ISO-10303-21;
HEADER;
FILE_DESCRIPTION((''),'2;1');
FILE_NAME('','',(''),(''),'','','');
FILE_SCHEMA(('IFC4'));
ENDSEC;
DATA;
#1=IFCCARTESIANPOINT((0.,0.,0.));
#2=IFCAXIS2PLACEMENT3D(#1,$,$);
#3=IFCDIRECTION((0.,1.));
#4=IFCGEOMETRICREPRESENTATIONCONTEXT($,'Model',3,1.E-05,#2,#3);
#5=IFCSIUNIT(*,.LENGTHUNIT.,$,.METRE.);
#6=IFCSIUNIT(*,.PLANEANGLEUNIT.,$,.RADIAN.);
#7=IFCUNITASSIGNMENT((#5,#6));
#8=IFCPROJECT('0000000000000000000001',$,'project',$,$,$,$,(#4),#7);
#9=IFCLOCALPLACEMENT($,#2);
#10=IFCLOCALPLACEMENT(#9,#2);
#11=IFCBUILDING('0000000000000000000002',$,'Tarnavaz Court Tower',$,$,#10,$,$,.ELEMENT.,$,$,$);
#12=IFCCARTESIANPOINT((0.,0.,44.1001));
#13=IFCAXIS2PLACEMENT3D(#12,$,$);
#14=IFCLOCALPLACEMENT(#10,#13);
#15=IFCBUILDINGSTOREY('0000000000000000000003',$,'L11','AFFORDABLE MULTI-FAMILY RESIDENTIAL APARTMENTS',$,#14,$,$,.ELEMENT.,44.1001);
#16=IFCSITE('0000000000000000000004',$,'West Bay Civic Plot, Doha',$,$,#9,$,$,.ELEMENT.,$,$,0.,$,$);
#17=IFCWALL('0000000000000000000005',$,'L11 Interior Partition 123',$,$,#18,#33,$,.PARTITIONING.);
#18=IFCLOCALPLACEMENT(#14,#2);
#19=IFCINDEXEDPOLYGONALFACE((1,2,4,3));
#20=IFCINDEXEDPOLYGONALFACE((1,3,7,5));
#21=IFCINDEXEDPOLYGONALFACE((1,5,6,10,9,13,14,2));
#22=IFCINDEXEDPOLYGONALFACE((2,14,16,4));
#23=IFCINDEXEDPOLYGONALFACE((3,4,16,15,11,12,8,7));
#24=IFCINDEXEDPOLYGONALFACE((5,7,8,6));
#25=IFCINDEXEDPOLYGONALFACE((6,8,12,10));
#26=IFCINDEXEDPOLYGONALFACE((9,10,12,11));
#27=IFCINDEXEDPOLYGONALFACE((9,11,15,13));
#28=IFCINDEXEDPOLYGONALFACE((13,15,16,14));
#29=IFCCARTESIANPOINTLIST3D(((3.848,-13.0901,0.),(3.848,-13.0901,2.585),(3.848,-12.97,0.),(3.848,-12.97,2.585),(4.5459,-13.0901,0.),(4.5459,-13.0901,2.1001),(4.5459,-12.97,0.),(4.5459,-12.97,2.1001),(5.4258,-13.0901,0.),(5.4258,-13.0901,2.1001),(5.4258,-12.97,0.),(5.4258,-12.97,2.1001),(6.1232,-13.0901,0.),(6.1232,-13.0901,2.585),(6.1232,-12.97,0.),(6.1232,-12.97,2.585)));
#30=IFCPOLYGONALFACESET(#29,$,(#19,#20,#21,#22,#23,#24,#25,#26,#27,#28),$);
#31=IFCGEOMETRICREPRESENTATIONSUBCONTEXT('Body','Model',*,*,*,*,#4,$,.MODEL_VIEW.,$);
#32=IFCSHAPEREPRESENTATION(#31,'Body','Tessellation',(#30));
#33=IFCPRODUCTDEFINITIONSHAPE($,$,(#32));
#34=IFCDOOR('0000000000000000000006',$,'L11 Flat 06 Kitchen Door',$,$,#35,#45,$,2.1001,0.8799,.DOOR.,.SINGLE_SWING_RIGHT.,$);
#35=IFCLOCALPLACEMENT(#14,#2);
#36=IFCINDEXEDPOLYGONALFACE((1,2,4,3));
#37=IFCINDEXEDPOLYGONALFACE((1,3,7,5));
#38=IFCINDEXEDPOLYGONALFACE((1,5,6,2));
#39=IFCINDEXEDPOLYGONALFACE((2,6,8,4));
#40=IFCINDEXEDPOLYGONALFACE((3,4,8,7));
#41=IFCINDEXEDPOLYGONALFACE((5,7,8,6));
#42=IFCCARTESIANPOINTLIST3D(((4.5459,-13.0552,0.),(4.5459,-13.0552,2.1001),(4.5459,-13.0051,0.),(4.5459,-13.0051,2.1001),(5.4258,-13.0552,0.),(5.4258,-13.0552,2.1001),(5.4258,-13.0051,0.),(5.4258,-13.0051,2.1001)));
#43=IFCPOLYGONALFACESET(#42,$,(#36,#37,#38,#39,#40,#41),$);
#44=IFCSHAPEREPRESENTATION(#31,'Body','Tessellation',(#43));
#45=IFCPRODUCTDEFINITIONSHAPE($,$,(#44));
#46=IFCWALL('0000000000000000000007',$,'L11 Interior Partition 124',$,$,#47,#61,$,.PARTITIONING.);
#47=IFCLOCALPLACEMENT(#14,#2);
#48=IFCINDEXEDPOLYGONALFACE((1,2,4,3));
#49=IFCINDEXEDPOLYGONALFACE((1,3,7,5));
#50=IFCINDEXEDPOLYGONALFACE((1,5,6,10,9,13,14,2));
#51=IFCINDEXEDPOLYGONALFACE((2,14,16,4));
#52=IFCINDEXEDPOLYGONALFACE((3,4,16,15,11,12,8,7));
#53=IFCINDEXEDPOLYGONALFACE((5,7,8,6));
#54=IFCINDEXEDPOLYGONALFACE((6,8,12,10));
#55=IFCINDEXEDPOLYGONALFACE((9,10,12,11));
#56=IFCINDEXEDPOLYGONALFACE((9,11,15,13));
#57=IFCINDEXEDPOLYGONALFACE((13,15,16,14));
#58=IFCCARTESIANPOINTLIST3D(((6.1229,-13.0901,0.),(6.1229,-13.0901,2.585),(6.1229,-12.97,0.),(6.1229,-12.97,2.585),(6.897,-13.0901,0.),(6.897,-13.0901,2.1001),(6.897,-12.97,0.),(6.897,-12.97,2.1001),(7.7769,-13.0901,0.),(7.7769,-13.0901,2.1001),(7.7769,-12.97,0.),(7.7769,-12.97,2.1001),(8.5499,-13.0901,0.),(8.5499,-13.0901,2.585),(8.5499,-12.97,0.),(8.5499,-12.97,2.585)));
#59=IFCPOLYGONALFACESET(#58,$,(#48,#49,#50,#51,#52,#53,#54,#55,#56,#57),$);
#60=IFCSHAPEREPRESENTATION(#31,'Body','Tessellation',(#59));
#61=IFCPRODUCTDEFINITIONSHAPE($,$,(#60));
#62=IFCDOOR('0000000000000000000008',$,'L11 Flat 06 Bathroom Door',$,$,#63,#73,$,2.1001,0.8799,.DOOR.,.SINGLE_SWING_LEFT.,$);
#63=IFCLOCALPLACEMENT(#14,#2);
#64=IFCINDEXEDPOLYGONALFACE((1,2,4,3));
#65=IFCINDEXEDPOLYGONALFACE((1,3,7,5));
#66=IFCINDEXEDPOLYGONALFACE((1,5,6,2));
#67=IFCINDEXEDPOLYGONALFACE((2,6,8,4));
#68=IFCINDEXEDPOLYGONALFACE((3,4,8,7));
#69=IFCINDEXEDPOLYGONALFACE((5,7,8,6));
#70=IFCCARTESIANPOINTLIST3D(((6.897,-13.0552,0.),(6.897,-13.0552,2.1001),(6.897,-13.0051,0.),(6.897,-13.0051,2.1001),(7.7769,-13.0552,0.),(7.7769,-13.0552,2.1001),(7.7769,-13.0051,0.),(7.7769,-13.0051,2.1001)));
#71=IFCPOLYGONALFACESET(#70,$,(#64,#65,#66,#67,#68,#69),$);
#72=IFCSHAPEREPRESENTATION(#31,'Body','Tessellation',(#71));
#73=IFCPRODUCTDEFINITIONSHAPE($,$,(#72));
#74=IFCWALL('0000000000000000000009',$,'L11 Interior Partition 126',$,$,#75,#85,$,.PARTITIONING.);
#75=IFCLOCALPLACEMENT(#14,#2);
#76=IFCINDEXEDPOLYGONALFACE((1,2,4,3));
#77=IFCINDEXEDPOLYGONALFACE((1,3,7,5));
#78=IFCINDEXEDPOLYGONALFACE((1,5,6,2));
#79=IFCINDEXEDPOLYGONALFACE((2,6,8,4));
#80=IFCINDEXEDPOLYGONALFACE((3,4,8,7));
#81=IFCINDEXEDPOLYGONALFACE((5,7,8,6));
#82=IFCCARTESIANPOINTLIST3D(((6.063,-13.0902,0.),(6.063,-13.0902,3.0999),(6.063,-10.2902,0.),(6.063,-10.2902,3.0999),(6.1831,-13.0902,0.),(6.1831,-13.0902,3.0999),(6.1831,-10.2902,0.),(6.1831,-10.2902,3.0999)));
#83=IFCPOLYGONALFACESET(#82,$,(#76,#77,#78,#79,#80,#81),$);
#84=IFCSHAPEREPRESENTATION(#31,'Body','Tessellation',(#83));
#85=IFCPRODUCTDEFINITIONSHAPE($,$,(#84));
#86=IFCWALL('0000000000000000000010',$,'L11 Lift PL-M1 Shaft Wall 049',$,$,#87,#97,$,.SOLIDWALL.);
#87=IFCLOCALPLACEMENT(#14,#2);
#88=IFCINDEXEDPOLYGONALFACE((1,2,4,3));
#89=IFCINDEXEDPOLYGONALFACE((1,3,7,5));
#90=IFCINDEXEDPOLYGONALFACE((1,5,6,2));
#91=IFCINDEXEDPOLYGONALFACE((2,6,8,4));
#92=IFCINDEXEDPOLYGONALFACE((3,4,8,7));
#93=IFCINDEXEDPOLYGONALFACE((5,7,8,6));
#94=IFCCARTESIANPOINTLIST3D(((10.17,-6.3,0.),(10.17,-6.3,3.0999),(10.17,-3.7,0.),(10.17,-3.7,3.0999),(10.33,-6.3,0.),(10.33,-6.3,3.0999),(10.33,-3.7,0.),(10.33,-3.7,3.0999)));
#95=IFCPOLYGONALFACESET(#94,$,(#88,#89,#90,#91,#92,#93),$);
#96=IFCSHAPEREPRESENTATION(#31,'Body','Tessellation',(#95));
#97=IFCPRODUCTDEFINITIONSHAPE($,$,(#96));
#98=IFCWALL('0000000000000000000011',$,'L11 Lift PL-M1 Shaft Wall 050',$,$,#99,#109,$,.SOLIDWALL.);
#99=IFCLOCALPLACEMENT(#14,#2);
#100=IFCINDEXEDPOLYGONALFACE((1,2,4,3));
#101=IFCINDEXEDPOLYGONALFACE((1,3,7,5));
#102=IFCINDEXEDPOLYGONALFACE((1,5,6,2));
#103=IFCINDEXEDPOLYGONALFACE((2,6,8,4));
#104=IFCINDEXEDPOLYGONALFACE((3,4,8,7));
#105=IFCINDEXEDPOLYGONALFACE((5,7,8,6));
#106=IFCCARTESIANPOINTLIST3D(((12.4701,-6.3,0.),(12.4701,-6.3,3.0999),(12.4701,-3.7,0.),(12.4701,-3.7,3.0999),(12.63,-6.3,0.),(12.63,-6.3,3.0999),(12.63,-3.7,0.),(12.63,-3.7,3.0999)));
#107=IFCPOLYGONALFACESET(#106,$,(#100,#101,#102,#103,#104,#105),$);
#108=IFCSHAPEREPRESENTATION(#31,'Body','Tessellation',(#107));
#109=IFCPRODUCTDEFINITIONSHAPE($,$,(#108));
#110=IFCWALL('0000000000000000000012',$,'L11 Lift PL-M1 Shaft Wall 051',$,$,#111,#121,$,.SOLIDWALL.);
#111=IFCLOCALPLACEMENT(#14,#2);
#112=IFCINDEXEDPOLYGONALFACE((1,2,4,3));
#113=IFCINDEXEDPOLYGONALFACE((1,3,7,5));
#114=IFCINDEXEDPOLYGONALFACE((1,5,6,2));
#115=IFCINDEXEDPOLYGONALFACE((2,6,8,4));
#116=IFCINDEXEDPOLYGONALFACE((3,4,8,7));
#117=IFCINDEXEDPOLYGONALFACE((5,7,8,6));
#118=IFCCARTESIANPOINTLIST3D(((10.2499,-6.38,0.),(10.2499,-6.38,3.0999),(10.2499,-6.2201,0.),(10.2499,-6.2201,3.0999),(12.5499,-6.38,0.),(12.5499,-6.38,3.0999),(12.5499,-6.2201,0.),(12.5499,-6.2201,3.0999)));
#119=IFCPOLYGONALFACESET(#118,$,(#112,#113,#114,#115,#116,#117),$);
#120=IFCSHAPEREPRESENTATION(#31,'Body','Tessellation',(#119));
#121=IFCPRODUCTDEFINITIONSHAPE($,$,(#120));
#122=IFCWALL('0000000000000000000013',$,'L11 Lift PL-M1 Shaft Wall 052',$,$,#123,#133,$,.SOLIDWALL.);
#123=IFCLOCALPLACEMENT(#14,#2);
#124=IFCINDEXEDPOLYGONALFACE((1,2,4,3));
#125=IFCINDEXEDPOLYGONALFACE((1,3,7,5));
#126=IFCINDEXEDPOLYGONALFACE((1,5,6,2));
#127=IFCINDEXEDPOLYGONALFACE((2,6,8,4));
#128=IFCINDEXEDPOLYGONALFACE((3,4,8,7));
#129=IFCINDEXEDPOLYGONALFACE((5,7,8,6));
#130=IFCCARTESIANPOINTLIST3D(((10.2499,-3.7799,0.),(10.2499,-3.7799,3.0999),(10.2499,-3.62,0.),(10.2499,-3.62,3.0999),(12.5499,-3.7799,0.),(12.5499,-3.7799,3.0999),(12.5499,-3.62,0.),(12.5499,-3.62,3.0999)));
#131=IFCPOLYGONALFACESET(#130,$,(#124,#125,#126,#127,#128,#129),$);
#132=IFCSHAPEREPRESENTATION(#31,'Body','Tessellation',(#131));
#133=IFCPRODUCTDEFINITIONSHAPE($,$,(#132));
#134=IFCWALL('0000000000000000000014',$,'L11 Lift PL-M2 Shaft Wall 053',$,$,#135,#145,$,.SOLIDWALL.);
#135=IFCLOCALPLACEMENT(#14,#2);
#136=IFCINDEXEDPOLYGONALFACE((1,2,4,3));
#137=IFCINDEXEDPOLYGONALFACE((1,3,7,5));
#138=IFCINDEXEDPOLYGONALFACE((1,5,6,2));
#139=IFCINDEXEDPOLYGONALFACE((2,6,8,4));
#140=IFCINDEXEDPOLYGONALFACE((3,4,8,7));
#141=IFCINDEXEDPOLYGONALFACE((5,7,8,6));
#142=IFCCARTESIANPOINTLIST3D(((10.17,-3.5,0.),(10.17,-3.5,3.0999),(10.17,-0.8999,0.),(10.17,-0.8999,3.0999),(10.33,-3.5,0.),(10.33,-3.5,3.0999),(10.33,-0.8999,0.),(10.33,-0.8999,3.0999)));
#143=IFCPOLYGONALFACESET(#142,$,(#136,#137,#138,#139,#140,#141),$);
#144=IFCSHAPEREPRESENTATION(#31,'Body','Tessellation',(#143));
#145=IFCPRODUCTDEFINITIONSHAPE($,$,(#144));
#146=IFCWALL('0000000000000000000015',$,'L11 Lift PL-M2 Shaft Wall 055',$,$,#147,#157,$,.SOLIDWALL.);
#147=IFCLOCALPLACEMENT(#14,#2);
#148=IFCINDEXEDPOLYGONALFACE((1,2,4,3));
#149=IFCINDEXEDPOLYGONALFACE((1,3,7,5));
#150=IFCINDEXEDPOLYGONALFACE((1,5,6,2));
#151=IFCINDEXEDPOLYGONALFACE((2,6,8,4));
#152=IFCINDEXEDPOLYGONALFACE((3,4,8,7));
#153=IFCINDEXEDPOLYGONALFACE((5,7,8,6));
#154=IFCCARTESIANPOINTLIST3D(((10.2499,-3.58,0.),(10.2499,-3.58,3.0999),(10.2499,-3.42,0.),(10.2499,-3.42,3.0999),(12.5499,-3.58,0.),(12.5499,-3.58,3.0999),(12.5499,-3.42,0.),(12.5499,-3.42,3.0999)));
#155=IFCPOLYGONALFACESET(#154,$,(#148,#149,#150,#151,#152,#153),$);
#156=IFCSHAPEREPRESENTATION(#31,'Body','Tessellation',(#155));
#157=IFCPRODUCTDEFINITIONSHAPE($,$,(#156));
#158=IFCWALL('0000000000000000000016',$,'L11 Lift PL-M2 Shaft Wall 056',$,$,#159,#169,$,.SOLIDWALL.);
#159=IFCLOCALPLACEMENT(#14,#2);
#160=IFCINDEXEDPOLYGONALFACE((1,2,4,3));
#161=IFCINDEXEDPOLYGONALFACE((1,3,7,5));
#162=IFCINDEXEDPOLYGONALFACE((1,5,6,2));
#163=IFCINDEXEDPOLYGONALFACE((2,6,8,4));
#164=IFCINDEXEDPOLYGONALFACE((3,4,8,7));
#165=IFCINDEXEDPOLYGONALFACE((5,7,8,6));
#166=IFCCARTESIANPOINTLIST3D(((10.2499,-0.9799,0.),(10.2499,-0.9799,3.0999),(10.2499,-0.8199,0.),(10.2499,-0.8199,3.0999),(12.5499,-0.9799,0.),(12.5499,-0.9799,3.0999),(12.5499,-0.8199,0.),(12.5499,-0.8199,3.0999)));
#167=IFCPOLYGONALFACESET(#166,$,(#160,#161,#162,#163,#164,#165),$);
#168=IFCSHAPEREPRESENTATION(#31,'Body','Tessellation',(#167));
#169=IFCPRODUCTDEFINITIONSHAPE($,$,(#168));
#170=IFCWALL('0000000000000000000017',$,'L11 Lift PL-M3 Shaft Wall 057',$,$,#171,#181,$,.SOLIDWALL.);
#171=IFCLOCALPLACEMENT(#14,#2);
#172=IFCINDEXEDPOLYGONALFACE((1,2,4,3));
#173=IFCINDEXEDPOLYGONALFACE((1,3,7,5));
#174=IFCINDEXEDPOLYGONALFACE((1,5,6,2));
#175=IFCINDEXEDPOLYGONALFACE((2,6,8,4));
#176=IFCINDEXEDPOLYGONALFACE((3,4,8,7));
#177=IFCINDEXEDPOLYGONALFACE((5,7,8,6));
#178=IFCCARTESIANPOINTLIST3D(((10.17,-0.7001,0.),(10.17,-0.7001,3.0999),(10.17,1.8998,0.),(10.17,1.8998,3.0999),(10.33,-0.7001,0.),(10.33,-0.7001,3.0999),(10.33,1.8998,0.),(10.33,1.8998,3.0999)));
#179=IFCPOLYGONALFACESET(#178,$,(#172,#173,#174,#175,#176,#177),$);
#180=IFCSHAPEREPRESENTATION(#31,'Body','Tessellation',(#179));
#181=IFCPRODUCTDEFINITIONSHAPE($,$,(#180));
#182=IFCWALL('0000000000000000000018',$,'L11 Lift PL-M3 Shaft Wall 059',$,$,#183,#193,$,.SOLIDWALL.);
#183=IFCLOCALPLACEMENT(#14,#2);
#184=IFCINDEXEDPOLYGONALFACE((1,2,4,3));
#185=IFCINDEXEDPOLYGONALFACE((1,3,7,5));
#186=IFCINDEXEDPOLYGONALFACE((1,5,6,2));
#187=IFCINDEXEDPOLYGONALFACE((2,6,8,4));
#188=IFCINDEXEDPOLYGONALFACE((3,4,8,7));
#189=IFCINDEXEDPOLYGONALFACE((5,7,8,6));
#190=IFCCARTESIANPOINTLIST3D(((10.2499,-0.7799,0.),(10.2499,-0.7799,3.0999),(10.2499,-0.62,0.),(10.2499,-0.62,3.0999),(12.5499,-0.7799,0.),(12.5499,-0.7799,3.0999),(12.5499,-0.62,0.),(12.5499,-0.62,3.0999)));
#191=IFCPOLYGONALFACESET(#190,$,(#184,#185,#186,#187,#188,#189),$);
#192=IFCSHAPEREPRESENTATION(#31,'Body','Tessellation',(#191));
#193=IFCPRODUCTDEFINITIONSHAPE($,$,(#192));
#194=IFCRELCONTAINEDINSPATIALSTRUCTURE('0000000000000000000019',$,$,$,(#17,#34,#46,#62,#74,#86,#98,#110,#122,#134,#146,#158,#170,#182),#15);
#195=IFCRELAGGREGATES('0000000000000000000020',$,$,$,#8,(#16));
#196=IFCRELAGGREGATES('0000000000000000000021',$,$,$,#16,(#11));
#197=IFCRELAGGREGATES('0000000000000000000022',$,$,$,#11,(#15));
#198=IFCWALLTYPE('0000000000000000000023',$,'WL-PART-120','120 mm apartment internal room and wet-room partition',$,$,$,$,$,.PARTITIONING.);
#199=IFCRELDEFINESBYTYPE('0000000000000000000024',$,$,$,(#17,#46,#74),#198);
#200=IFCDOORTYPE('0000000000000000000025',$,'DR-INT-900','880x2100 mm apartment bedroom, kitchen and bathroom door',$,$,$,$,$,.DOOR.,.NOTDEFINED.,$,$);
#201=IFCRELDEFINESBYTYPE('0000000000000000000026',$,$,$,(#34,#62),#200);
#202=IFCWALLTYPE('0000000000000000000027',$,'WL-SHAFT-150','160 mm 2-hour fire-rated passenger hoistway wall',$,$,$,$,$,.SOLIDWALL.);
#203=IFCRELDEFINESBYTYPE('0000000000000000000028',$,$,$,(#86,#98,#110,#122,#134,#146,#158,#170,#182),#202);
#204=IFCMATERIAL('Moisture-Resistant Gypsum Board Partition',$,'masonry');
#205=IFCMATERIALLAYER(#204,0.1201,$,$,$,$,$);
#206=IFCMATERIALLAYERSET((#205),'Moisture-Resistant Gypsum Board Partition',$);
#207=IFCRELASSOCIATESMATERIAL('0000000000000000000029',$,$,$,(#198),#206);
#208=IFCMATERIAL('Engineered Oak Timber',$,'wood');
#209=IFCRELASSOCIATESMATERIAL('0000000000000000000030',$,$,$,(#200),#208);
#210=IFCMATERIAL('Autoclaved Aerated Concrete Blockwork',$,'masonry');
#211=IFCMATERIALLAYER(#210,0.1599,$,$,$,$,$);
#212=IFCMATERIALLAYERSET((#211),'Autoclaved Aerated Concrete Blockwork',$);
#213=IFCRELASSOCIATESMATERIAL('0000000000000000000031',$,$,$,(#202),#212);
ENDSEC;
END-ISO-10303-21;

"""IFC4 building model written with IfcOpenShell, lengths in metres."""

from ifc_helpers import new_model, si_unit, direction, frame, frame_2d, origin, place, context, subcontext, project, spatial, rectangle, extrude, material, layer, layer_set, type_object, element, fill, save


model = new_model("IFC4")

# Units and contexts
model_context = context("Model", 3, precision=1e-05, world=origin(), true_north=direction((0.0, 1.0)))
body_context = subcontext(model_context, "Body", "Model", "MODEL_VIEW")
ifc_project = project(units=[si_unit("LENGTHUNIT", "METRE"), si_unit("PLANEANGLEUNIT", "RADIAN")], contexts=[model_context])

# Site, building, storey
site_placement = place(None, origin())
site = spatial("IfcSite", under=ifc_project, at=site_placement, Name="West Bay Civic Plot, Doha", CompositionType="ELEMENT", RefElevation=0.0)
building_placement = place(site_placement, origin())
building = spatial("IfcBuilding", under=site, at=building_placement, Name="Tarnavaz Court Tower", CompositionType="ELEMENT")
storey_placement = place(building_placement, frame((0.0, 0.0, 44.1001)))
storey = spatial("IfcBuildingStorey", under=building, at=storey_placement, Name="L11", Description="AFFORDABLE MULTI-FAMILY RESIDENTIAL APARTMENTS", CompositionType="ELEMENT", Elevation=44.1001)

# Shared definitions
ifc_material_1 = material(Name="Moisture-Resistant Gypsum Board Partition", Category="masonry")
ifc_layer_1 = layer(ifc_material_1, 0.1201)
ifc_layer_set_1 = layer_set([ifc_layer_1], Name="Moisture-Resistant Gypsum Board Partition")
wall_type_1 = type_object("IfcWallType", Name="WL-PART-120", Description="120 mm apartment internal room and wet-room partition", PredefinedType="PARTITIONING", material=ifc_layer_set_1)
ifc_material_2 = material(Name="Engineered Oak Timber", Category="wood")
door_type_1 = type_object("IfcDoorType", Name="DR-INT-900", Description="880x2100 mm apartment bedroom, kitchen and bathroom door", OperationType="NOTDEFINED", PredefinedType="DOOR", material=ifc_material_2)

# Walls, openings, doors
wall_1_placement = place(storey_placement, frame((3.8479, -13.03, 0.0), z_axis=(0.0, 0.0, 1.0), x_axis=(1.0, 0.0, 0.0)))
wall_1 = element("IfcWall", 1, at=wall_1_placement, inside=storey, type_object=wall_type_1, Name="L11 Interior Partition 123", PredefinedType="PARTITIONING", context=body_context, shape_type="SweptSolid", body=[
    extrude(rectangle(XDim=2.2751, YDim=0.1201, at=frame_2d((1.1377, 0.0))), origin(), (0.0, 0.0, 1.0), 2.585),
])
opening_1_placement = place(wall_1_placement, frame((0.698, 0.0, 0.0)))
opening_1 = element("IfcOpeningElement", 2, at=opening_1_placement, cuts=wall_1, PredefinedType="OPENING", context=body_context, shape_type="SweptSolid", body=[
    extrude(rectangle(XDim=0.8799, YDim=2.1001, at=frame_2d((0.4399, 1.05))), frame((0.0, 0.0701, 0.0), z_axis=(0.0, -1.0, 0.0), x_axis=(1.0, 0.0, 0.0)), (0.0, 0.0, 1.0), 0.1401),
])
door_1_placement = place(opening_1_placement, origin())
door_1 = element("IfcDoor", 3, at=door_1_placement, inside=storey, type_object=door_type_1, Name="L11 Flat 06 Kitchen Door", OperationType="SINGLE_SWING_RIGHT", OverallHeight=2.1001, OverallWidth=0.8799, PredefinedType="DOOR", context=body_context, shape_type="SweptSolid", body=[
    extrude(rectangle(XDim=0.8799, YDim=2.1001, at=frame_2d((0.4399, 1.05))), frame((0.0, 0.0249, 0.0), z_axis=(0.0, -1.0, 0.0), x_axis=(1.0, 0.0, 0.0)), (0.0, 0.0, 1.0), 0.05),
])
fill(opening_1, door_1)
wall_2_placement = place(storey_placement, frame((6.123, -13.03, 0.0), z_axis=(0.0, 0.0, 1.0), x_axis=(1.0, 0.0, 0.0)))
wall_2 = element("IfcWall", 4, at=wall_2_placement, inside=storey, type_object=wall_type_1, Name="L11 Interior Partition 124", PredefinedType="PARTITIONING", context=body_context, shape_type="SweptSolid", body=[
    extrude(rectangle(XDim=2.427, YDim=0.1201, at=frame_2d((1.2134, 0.0))), origin(), (0.0, 0.0, 1.0), 2.585),
])
opening_2_placement = place(wall_2_placement, frame((0.7739, 0.0, 0.0)))
opening_2 = element("IfcOpeningElement", 5, at=opening_2_placement, cuts=wall_2, PredefinedType="OPENING", context=body_context, shape_type="SweptSolid", body=[
    extrude(rectangle(XDim=0.8799, YDim=2.1001, at=frame_2d((0.4399, 1.05))), frame((0.0, 0.0701, 0.0), z_axis=(0.0, -1.0, 0.0), x_axis=(1.0, 0.0, 0.0)), (0.0, 0.0, 1.0), 0.1401),
])
door_2_placement = place(opening_2_placement, origin())
door_2 = element("IfcDoor", 6, at=door_2_placement, inside=storey, type_object=door_type_1, Name="L11 Flat 06 Bathroom Door", OperationType="SINGLE_SWING_LEFT", OverallHeight=2.1001, OverallWidth=0.8799, PredefinedType="DOOR", context=body_context, shape_type="SweptSolid", body=[
    extrude(rectangle(XDim=0.8799, YDim=2.1001, at=frame_2d((0.4399, 1.05))), frame((0.0, 0.0249, 0.0), z_axis=(0.0, -1.0, 0.0), x_axis=(1.0, 0.0, 0.0)), (0.0, 0.0, 1.0), 0.05),
])
fill(opening_2, door_2)

# Walls
wall_3_placement = place(storey_placement, frame((6.123, -13.0901, 0.0), z_axis=(0.0, 0.0, 1.0), x_axis=(0.0, 1.0, 0.0)))
element("IfcWall", 7, at=wall_3_placement, inside=storey, type_object=wall_type_1, Name="L11 Interior Partition 126", PredefinedType="PARTITIONING", context=body_context, shape_type="SweptSolid", body=[
    extrude(rectangle(XDim=2.8, YDim=0.1201, at=frame_2d((1.3999, 0.0))), origin(), (0.0, 0.0, 1.0), 3.0999),
])
ifc_material_3 = material(Name="Autoclaved Aerated Concrete Blockwork", Category="masonry")
ifc_layer_2 = layer(ifc_material_3, 0.1599)
ifc_layer_set_2 = layer_set([ifc_layer_2], Name="Autoclaved Aerated Concrete Blockwork")
wall_type_2 = type_object("IfcWallType", Name="WL-SHAFT-150", Description="160 mm 2-hour fire-rated passenger hoistway wall", PredefinedType="SOLIDWALL", material=ifc_layer_set_2)
for number, where, z_axis, x_axis, name in (
    (8, (10.25, -6.3, 0.0), (0.0, 0.0, 1.0), (0.0, 1.0, 0.0), "L11 Lift PL-M1 Shaft Wall 049"),
    (9, (12.55, -6.3, 0.0), (0.0, 0.0, 1.0), (0.0, 1.0, 0.0), "L11 Lift PL-M1 Shaft Wall 050"),
):
    element("IfcWall", number, at=place(storey_placement, frame(where, z_axis=z_axis, x_axis=x_axis)), inside=storey, type_object=wall_type_2, Name=name, PredefinedType="SOLIDWALL", context=body_context, shape_type="SweptSolid", body=[
        extrude(rectangle(XDim=2.6001, YDim=0.1599, at=frame_2d((1.3, 0.0))), origin(), (0.0, 0.0, 1.0), 3.0999),
    ])
for number, where, z_axis, x_axis, name in (
    (10, (10.25, -6.3, 0.0), (0.0, 0.0, 1.0), (1.0, 0.0, 0.0), "L11 Lift PL-M1 Shaft Wall 051"),
    (11, (10.25, -3.7, 0.0), (0.0, 0.0, 1.0), (1.0, 0.0, 0.0), "L11 Lift PL-M1 Shaft Wall 052"),
):
    element("IfcWall", number, at=place(storey_placement, frame(where, z_axis=z_axis, x_axis=x_axis)), inside=storey, type_object=wall_type_2, Name=name, PredefinedType="SOLIDWALL", context=body_context, shape_type="SweptSolid", body=[
        extrude(rectangle(XDim=2.3, YDim=0.1599, at=frame_2d((1.1499, 0.0))), origin(), (0.0, 0.0, 1.0), 3.0999),
    ])
wall_4_placement = place(storey_placement, frame((10.25, -3.5, 0.0), z_axis=(0.0, 0.0, 1.0), x_axis=(0.0, 1.0, 0.0)))
element("IfcWall", 12, at=wall_4_placement, inside=storey, type_object=wall_type_2, Name="L11 Lift PL-M2 Shaft Wall 053", PredefinedType="SOLIDWALL", context=body_context, shape_type="SweptSolid", body=[
    extrude(rectangle(XDim=2.6001, YDim=0.1599, at=frame_2d((1.3, 0.0))), origin(), (0.0, 0.0, 1.0), 3.0999),
])
for number, where, z_axis, x_axis, name in (
    (13, (10.25, -3.5, 0.0), (0.0, 0.0, 1.0), (1.0, 0.0, 0.0), "L11 Lift PL-M2 Shaft Wall 055"),
    (14, (10.25, -0.8999, 0.0), (0.0, 0.0, 1.0), (1.0, 0.0, 0.0), "L11 Lift PL-M2 Shaft Wall 056"),
):
    element("IfcWall", number, at=place(storey_placement, frame(where, z_axis=z_axis, x_axis=x_axis)), inside=storey, type_object=wall_type_2, Name=name, PredefinedType="SOLIDWALL", context=body_context, shape_type="SweptSolid", body=[
        extrude(rectangle(XDim=2.3, YDim=0.1599, at=frame_2d((1.1499, 0.0))), origin(), (0.0, 0.0, 1.0), 3.0999),
    ])
wall_5_placement = place(storey_placement, frame((10.25, -0.7, 0.0), z_axis=(0.0, 0.0, 1.0), x_axis=(0.0, 1.0, 0.0)))
element("IfcWall", 15, at=wall_5_placement, inside=storey, type_object=wall_type_2, Name="L11 Lift PL-M3 Shaft Wall 057", PredefinedType="SOLIDWALL", context=body_context, shape_type="SweptSolid", body=[
    extrude(rectangle(XDim=2.5999, YDim=0.1599, at=frame_2d((1.2998, 0.0))), origin(), (0.0, 0.0, 1.0), 3.0999),
])
wall_6_placement = place(storey_placement, frame((10.25, -0.7, 0.0), z_axis=(0.0, 0.0, 1.0), x_axis=(1.0, 0.0, 0.0)))
element("IfcWall", 16, at=wall_6_placement, inside=storey, type_object=wall_type_2, Name="L11 Lift PL-M3 Shaft Wall 059", PredefinedType="SOLIDWALL", context=body_context, shape_type="SweptSolid", body=[
    extrude(rectangle(XDim=2.3, YDim=0.1599, at=frame_2d((1.1499, 0.0))), origin(), (0.0, 0.0, 1.0), 3.0999),
])

save(model, "model.ifc")
